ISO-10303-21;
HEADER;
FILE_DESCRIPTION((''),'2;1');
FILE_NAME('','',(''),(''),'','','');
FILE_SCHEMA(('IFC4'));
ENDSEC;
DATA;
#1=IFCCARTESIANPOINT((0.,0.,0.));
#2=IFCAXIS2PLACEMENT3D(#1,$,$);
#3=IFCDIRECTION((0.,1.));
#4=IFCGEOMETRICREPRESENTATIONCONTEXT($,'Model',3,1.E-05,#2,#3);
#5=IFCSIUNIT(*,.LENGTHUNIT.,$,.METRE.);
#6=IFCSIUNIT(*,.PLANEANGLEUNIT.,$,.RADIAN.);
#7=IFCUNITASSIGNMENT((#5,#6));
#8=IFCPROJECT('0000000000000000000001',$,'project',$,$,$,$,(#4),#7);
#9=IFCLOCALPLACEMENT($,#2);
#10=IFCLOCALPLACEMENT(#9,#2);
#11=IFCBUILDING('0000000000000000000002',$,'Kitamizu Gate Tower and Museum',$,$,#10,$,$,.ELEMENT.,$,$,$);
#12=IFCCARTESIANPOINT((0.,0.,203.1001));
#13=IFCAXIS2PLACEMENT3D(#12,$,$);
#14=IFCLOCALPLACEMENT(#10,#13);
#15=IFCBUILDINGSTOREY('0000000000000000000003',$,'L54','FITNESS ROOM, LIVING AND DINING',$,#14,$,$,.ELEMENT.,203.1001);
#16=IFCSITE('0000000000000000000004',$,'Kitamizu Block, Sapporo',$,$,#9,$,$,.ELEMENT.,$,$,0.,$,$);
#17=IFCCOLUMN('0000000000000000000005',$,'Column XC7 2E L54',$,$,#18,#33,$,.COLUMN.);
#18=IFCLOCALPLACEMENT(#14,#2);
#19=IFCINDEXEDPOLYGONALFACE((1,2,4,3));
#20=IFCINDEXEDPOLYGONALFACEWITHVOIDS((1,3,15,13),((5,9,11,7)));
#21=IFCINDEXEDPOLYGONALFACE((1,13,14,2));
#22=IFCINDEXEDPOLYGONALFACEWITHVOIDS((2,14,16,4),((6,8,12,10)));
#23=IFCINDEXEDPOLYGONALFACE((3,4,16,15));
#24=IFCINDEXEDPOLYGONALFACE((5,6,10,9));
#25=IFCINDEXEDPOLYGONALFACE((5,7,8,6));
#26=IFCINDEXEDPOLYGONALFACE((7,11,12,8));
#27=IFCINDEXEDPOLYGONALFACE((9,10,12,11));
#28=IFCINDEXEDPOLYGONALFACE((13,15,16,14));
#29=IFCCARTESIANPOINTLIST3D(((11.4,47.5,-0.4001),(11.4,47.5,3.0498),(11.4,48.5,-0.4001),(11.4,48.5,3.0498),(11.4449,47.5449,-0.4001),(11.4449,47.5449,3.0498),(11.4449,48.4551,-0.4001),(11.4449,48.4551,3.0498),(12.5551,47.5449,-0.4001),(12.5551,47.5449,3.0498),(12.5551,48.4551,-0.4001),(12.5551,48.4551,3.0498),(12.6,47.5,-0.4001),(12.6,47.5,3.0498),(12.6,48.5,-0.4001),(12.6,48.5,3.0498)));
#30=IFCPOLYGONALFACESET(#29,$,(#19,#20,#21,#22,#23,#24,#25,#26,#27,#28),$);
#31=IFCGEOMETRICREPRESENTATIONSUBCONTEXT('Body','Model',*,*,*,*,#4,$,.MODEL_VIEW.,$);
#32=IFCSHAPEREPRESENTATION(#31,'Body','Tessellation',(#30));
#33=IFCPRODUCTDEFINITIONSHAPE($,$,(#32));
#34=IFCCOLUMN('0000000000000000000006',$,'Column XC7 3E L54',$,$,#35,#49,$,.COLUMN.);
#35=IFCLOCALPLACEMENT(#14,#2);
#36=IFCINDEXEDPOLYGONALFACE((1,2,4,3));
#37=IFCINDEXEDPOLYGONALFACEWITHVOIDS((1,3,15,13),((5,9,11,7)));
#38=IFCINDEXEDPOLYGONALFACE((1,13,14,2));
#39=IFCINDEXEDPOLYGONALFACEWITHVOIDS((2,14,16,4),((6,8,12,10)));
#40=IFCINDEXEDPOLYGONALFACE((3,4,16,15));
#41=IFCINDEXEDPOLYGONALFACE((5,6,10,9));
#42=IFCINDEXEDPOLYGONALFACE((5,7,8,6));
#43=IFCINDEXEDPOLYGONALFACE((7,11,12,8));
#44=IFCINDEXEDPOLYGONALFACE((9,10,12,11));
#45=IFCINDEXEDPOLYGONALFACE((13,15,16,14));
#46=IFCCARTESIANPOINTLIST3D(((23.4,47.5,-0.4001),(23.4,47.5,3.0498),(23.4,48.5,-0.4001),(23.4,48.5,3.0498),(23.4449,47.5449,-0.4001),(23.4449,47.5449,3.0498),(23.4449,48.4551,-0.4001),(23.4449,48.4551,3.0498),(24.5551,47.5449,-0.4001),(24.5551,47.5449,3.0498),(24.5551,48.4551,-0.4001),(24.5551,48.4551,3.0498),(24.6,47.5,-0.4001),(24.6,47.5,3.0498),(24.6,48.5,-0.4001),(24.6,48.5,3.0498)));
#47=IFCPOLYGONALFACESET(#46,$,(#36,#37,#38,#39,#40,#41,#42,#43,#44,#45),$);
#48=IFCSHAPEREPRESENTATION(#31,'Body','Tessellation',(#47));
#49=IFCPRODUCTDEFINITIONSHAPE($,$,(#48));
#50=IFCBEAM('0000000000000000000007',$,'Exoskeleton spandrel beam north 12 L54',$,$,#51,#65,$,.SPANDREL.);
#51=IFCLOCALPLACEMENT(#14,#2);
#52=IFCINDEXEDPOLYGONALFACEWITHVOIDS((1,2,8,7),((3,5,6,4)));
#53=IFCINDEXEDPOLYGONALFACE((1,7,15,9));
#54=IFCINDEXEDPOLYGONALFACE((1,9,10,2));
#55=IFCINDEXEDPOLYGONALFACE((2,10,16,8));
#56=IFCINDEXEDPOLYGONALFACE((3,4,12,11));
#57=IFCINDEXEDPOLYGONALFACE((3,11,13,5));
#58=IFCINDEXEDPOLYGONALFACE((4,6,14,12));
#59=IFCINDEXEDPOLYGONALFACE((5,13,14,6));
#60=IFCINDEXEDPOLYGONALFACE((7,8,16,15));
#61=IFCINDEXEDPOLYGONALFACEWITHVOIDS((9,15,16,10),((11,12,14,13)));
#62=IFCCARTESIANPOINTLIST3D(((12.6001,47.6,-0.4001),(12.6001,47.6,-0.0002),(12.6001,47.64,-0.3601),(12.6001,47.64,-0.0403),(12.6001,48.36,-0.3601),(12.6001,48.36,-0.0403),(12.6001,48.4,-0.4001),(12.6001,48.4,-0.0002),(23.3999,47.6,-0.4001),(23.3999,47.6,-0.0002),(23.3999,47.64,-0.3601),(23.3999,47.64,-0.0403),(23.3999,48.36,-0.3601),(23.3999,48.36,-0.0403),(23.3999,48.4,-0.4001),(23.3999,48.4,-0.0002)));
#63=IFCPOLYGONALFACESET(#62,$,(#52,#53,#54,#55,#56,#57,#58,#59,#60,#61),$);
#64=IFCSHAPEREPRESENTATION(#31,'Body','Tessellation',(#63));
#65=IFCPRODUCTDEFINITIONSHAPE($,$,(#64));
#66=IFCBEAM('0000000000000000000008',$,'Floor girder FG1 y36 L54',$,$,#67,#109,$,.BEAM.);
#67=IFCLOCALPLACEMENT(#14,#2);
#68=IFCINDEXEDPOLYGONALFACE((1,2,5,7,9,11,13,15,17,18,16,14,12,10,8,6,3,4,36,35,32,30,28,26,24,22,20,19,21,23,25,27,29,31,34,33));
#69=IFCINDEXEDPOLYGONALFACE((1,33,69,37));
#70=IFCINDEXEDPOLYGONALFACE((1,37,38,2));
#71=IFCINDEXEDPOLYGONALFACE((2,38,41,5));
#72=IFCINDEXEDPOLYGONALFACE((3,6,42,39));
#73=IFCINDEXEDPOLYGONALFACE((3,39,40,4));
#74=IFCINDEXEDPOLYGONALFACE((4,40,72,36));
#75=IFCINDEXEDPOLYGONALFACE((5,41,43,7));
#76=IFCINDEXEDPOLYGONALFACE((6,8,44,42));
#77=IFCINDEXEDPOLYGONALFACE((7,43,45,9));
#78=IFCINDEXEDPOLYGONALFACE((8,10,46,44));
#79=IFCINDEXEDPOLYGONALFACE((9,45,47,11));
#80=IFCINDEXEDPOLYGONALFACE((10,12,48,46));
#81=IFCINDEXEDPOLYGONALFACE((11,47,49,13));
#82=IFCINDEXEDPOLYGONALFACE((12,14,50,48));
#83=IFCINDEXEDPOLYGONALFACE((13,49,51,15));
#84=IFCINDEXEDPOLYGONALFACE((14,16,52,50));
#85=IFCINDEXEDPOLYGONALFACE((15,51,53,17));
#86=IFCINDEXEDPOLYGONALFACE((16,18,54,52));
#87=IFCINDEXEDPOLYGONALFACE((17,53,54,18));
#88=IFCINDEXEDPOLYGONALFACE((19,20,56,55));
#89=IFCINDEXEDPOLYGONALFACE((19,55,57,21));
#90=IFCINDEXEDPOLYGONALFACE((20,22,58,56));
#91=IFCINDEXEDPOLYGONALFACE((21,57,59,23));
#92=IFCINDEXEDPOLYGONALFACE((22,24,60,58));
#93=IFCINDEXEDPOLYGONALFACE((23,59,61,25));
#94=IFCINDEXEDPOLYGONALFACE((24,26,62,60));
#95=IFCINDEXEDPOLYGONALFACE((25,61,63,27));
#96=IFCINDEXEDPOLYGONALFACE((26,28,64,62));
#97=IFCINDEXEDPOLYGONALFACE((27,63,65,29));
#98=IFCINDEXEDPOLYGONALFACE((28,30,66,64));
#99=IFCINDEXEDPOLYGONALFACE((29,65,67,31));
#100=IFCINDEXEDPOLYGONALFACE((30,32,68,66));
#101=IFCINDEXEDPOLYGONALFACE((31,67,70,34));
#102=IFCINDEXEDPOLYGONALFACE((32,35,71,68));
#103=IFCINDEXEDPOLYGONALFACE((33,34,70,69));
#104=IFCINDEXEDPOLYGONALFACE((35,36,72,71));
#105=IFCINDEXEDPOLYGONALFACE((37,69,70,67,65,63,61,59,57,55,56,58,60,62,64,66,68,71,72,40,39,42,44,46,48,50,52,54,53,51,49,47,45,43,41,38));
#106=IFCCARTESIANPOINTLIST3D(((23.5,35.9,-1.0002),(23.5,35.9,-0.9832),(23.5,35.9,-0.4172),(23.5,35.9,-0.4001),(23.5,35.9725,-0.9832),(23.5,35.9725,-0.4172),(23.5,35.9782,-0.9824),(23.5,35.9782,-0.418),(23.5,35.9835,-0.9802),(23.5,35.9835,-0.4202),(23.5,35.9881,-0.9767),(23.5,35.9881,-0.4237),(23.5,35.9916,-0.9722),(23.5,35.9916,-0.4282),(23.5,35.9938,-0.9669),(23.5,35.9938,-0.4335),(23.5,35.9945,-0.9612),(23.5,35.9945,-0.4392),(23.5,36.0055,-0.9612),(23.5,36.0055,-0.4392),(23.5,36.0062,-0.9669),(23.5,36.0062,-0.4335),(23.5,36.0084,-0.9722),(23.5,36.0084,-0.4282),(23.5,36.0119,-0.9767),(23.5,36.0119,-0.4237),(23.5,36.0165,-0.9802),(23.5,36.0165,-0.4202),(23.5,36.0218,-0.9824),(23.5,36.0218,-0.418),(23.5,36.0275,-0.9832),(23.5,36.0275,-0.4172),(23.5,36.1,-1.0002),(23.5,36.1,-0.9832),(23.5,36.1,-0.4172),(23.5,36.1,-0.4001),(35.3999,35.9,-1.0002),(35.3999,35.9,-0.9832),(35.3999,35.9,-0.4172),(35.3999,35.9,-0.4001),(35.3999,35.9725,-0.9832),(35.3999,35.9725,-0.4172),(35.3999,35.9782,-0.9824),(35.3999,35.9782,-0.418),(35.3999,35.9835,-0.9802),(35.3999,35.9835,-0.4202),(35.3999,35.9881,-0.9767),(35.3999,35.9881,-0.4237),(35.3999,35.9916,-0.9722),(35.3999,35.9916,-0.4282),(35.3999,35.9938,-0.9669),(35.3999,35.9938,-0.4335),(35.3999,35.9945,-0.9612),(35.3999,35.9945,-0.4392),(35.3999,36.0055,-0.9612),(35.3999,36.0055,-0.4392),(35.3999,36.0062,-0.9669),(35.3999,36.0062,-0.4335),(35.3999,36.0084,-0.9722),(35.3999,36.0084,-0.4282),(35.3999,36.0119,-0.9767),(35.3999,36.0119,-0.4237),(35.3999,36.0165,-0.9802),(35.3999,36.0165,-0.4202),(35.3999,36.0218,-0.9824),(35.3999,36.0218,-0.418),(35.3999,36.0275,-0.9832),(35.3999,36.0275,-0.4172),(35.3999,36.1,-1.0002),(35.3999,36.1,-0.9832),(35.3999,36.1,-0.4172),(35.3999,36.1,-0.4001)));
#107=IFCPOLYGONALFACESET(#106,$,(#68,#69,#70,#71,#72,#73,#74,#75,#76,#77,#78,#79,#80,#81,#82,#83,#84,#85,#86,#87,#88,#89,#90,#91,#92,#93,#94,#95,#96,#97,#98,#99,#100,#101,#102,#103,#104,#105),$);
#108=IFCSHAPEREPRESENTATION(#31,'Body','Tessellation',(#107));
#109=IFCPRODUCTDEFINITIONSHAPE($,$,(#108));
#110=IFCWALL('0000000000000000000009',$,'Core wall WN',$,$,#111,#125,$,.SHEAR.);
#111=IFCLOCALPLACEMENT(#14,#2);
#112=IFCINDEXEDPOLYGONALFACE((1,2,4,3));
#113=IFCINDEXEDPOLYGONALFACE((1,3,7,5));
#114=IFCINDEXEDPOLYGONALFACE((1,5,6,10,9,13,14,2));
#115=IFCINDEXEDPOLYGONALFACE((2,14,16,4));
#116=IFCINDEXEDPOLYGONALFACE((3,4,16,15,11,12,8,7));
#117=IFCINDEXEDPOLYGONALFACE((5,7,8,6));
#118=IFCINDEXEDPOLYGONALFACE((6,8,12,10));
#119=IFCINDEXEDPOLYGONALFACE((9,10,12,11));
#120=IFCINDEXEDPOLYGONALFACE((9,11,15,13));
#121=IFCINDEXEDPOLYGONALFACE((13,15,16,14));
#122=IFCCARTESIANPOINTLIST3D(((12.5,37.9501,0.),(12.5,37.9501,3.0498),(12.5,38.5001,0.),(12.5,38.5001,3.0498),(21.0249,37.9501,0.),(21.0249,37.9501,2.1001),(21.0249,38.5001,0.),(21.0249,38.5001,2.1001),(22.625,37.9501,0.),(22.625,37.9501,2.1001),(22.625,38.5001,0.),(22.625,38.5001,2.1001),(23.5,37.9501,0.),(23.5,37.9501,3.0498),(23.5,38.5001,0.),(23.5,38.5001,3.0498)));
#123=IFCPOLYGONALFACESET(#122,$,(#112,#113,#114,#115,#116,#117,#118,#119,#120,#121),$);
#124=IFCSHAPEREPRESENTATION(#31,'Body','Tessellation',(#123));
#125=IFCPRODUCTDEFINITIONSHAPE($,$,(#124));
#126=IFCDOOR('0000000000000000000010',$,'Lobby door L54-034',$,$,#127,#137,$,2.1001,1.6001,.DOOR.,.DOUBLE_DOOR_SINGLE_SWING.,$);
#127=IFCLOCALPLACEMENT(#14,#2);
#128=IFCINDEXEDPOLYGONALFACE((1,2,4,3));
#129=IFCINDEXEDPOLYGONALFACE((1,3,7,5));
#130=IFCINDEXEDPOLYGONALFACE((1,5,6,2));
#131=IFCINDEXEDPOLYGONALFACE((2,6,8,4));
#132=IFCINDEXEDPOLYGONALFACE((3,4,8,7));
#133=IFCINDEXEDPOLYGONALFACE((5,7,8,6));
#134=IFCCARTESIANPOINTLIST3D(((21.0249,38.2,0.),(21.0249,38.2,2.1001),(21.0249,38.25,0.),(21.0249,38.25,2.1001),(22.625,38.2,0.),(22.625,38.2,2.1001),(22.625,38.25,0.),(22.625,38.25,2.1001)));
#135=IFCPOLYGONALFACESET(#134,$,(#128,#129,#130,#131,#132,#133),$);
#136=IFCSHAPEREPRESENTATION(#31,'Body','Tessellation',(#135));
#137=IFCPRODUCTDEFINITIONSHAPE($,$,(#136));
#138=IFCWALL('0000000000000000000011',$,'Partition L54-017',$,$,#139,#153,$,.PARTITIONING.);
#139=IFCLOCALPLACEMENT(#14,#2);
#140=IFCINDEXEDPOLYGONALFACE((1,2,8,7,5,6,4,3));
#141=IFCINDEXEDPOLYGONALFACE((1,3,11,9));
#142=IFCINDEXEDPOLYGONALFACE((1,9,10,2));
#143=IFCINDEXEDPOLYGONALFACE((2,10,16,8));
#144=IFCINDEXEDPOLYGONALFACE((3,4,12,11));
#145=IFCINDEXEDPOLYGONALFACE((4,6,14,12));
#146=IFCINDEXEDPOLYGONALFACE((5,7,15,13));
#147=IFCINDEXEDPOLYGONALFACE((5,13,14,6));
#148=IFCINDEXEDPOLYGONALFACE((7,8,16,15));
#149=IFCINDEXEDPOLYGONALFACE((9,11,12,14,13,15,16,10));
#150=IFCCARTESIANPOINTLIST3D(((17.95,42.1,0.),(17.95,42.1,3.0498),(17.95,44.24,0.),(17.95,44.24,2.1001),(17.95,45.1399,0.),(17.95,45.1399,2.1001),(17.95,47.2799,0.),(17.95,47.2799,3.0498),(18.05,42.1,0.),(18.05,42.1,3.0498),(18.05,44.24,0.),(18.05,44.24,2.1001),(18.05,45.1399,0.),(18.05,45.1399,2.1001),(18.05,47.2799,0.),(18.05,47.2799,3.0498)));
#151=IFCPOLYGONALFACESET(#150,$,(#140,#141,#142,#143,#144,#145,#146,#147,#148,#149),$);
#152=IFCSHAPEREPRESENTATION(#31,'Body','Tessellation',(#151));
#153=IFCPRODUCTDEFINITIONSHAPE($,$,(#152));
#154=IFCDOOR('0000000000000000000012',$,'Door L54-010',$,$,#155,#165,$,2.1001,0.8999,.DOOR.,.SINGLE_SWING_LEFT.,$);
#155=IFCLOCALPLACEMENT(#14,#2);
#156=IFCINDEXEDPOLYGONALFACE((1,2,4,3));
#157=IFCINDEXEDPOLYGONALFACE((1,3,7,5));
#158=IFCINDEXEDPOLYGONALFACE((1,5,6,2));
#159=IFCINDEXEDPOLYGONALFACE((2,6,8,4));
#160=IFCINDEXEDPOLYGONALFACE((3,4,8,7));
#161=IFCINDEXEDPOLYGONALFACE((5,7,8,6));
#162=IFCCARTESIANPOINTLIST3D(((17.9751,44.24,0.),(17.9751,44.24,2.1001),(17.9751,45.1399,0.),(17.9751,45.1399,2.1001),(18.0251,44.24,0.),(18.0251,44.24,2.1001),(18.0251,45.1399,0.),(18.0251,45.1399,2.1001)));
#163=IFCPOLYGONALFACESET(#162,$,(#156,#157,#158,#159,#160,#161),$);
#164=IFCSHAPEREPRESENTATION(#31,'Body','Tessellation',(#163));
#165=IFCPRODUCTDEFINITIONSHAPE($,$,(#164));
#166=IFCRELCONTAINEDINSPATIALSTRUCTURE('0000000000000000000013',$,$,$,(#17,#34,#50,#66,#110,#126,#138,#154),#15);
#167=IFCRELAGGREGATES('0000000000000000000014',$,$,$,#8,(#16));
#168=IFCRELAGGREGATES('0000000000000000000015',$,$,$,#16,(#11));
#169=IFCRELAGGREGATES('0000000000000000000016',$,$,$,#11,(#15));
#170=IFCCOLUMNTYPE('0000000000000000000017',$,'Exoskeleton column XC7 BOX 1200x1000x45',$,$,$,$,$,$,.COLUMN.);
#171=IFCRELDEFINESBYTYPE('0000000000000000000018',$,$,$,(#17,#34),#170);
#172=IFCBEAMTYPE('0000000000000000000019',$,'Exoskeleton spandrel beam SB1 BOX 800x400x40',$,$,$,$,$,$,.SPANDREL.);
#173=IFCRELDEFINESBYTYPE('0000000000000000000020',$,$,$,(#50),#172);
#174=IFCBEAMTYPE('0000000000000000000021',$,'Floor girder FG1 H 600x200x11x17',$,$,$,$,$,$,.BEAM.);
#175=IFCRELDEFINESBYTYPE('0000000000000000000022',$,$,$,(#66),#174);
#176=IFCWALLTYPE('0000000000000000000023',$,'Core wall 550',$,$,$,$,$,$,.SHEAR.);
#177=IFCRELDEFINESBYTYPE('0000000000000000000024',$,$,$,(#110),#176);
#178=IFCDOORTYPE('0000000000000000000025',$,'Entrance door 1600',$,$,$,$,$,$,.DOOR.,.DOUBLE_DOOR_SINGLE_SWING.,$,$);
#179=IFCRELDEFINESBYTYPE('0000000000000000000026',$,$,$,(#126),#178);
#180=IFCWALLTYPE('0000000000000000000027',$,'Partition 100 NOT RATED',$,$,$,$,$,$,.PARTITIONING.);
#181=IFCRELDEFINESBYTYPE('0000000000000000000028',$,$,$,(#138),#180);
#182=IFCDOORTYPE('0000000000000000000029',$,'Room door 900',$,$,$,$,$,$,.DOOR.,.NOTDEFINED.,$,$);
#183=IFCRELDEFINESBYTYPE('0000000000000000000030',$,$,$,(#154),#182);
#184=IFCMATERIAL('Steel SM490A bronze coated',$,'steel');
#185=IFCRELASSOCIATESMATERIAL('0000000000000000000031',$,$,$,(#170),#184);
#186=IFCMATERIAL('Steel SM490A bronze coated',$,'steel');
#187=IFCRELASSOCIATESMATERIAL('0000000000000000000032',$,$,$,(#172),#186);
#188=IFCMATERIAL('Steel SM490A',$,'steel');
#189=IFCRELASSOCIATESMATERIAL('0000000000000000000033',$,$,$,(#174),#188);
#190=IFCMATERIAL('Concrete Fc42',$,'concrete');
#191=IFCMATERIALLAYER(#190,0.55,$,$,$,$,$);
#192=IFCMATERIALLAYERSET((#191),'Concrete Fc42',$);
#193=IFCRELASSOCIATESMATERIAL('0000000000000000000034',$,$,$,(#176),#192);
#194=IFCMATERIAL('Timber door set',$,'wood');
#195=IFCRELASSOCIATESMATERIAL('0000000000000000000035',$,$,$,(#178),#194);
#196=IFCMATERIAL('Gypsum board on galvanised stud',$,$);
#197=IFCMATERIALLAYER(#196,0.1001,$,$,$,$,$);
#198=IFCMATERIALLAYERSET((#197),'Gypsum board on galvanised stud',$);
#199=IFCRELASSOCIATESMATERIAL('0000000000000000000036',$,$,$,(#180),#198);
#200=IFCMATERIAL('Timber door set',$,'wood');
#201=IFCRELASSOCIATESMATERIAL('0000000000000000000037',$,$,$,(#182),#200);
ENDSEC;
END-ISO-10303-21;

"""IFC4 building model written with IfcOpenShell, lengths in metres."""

from ifc_helpers import new_model, si_unit, direction, frame, frame_2d, origin, origin_2d, place, context, subcontext, project, spatial, rectangle, hollow_rectangle, i_section, extrude, material, layer, layer_set, material_profile, profile_set, type_object, element, fill, save


model = new_model("IFC4")

# Units and contexts
model_context = context("Model", 3, precision=1e-05, world=origin(), true_north=direction((0.0, 1.0)))
body_context = subcontext(model_context, "Body", "Model", "MODEL_VIEW")
ifc_project = project(units=[si_unit("LENGTHUNIT", "METRE"), si_unit("PLANEANGLEUNIT", "RADIAN")], contexts=[model_context])

# Site, building, storey
site_placement = place(None, origin())
site = spatial("IfcSite", under=ifc_project, at=site_placement, Name="Kitamizu Block, Sapporo", CompositionType="ELEMENT", RefElevation=0.0)
building_placement = place(site_placement, origin())
building = spatial("IfcBuilding", under=site, at=building_placement, Name="Kitamizu Gate Tower and Museum", CompositionType="ELEMENT")
storey_placement = place(building_placement, frame((0.0, 0.0, 203.1001)))
storey = spatial("IfcBuildingStorey", under=building, at=storey_placement, Name="L54", Description="FITNESS ROOM, LIVING AND DINING", CompositionType="ELEMENT", Elevation=203.1001)

# Columns
ifc_material_1 = material(Name="Steel SM490A bronze coated", Category="steel")
ifc_material_profile_1 = material_profile(ifc_material_1, hollow_rectangle(XDim=1.2, YDim=1.0, WallThickness=0.0449, at=origin_2d()), Name="BOX 1200x1000x45")
ifc_profile_set_1 = profile_set([ifc_material_profile_1], Name="Steel SM490A bronze coated")
column_type = type_object("IfcColumnType", Name="Exoskeleton column XC7 BOX 1200x1000x45", PredefinedType="COLUMN", material=ifc_profile_set_1)
for number, where, z_axis, x_axis, name in (
    (1, (12.0, 48.0, -0.4001), (0.0, 0.0, 1.0), (1.0, 0.0, 0.0), "Column XC7 2E L54"),
    (2, (24.0, 48.0, -0.4001), (0.0, 0.0, 1.0), (1.0, 0.0, 0.0), "Column XC7 3E L54"),
):
    element("IfcColumn", number, at=place(storey_placement, frame(where, z_axis=z_axis, x_axis=x_axis)), inside=storey, type_object=column_type, Name=name, PredefinedType="COLUMN", context=body_context, shape_type="SweptSolid", body=[
        extrude(hollow_rectangle(XDim=1.2, YDim=1.0, WallThickness=0.0449, at=origin_2d()), origin(), (0.0, 0.0, 1.0), 3.45),
    ])

# Beams
ifc_material_2 = material(Name="Steel SM490A bronze coated", Category="steel")
ifc_material_profile_2 = material_profile(ifc_material_2, hollow_rectangle(XDim=0.8, YDim=0.3999, WallThickness=0.04, at=origin_2d()), Name="BOX 800x400x40")
ifc_profile_set_2 = profile_set([ifc_material_profile_2], Name="Steel SM490A bronze coated")
beam_type_1 = type_object("IfcBeamType", Name="Exoskeleton spandrel beam SB1 BOX 800x400x40", PredefinedType="SPANDREL", material=ifc_profile_set_2)
beam_1_placement = place(storey_placement, frame((12.6001, 48.0, -0.2002), z_axis=(1.0, 0.0, 0.0), x_axis=(0.0, 1.0, 0.0)))
element("IfcBeam", 3, at=beam_1_placement, inside=storey, type_object=beam_type_1, Name="Exoskeleton spandrel beam north 12 L54", PredefinedType="SPANDREL", context=body_context, shape_type="SweptSolid", body=[
    extrude(hollow_rectangle(XDim=0.8, YDim=0.3999, WallThickness=0.04, at=origin_2d()), origin(), (0.0, 0.0, 1.0), 10.7998),
])
ifc_material_3 = material(Name="Steel SM490A", Category="steel")
ifc_material_profile_3 = material_profile(ifc_material_3, i_section(OverallWidth=0.2, OverallDepth=0.6001, WebThickness=0.011, FlangeThickness=0.0171, FilletRadius=0.022, at=origin_2d()), Name="H-600x200x11x17")
ifc_profile_set_3 = profile_set([ifc_material_profile_3], Name="Steel SM490A")
beam_type_2 = type_object("IfcBeamType", Name="Floor girder FG1 H 600x200x11x17", PredefinedType="BEAM", material=ifc_profile_set_3)
beam_2_placement = place(storey_placement, frame((23.5, 36.0, -0.7002), z_axis=(1.0, 0.0, 0.0), x_axis=(0.0, 1.0, 0.0)))
element("IfcBeam", 4, at=beam_2_placement, inside=storey, type_object=beam_type_2, Name="Floor girder FG1 y36 L54", PredefinedType="BEAM", context=body_context, shape_type="SweptSolid", body=[
    extrude(i_section(OverallWidth=0.2, OverallDepth=0.6001, WebThickness=0.011, FlangeThickness=0.0171, FilletRadius=0.022, at=origin_2d()), origin(), (0.0, 0.0, 1.0), 11.8999),
])

# Walls, openings, doors
ifc_material_4 = material(Name="Concrete Fc42", Category="concrete")
ifc_layer_1 = layer(ifc_material_4, 0.55)
ifc_layer_set_1 = layer_set([ifc_layer_1], Name="Concrete Fc42")
wall_type_1 = type_object("IfcWallType", Name="Core wall 550", PredefinedType="SHEAR", material=ifc_layer_set_1)
wall_1_placement = place(storey_placement, frame((12.5, 38.2251, 0.0), z_axis=(0.0, 0.0, 1.0), x_axis=(1.0, 0.0, 0.0)))
wall_1 = element("IfcWall", 5, at=wall_1_placement, inside=storey, type_object=wall_type_1, Name="Core wall WN", PredefinedType="SHEAR", context=body_context, shape_type="SweptSolid", body=[
    extrude(rectangle(XDim=11.0, YDim=0.55, at=frame_2d((5.5, 0.0))), origin(), (0.0, 0.0, 1.0), 3.0498),
])
opening_1_placement = place(wall_1_placement, frame((8.5249, 0.0, 0.0)))
opening_1 = element("IfcOpeningElement", 6, at=opening_1_placement, cuts=wall_1, PredefinedType="OPENING", context=body_context, shape_type="SweptSolid", body=[
    extrude(rectangle(XDim=1.6001, YDim=2.1001, at=frame_2d((0.8, 1.05))), frame((0.0, 0.2852, 0.0), z_axis=(0.0, -1.0, 0.0), x_axis=(1.0, 0.0, 0.0)), (0.0, 0.0, 1.0), 0.5701),
])
ifc_material_5 = material(Name="Timber door set", Category="wood")
door_type_1 = type_object("IfcDoorType", Name="Entrance door 1600", OperationType="DOUBLE_DOOR_SINGLE_SWING", PredefinedType="DOOR", material=ifc_material_5)
door_1_placement = place(opening_1_placement, origin())
door_1 = element("IfcDoor", 7, at=door_1_placement, inside=storey, type_object=door_type_1, Name="Lobby door L54-034", OperationType="DOUBLE_DOOR_SINGLE_SWING", OverallHeight=2.1001, OverallWidth=1.6001, PredefinedType="DOOR", context=body_context, shape_type="SweptSolid", body=[
    extrude(rectangle(XDim=1.6001, YDim=2.1001, at=frame_2d((0.8, 1.05))), frame((0.0, 0.0249, 0.0), z_axis=(0.0, -1.0, 0.0), x_axis=(1.0, 0.0, 0.0)), (0.0, 0.0, 1.0), 0.05),
])
fill(opening_1, door_1)
ifc_material_6 = material(Name="Gypsum board on galvanised stud")
ifc_layer_2 = layer(ifc_material_6, 0.1001)
ifc_layer_set_2 = layer_set([ifc_layer_2], Name="Gypsum board on galvanised stud")
wall_type_2 = type_object("IfcWallType", Name="Partition 100 NOT RATED", PredefinedType="PARTITIONING", material=ifc_layer_set_2)
wall_2_placement = place(storey_placement, frame((18.0, 42.1001, 0.0), z_axis=(0.0, 0.0, 1.0), x_axis=(0.0, 1.0, 0.0)))
wall_2 = element("IfcWall", 8, at=wall_2_placement, inside=storey, type_object=wall_type_2, Name="Partition L54-017", PredefinedType="PARTITIONING", context=body_context, shape_type="SweptSolid", body=[
    extrude(rectangle(XDim=5.1799, YDim=0.1001, at=frame_2d((2.5898, 0.0))), origin(), (0.0, 0.0, 1.0), 3.0498),
])
opening_2_placement = place(wall_2_placement, frame((2.1399, 0.0, 0.0)))
opening_2 = element("IfcOpeningElement", 9, at=opening_2_placement, cuts=wall_2, PredefinedType="OPENING", context=body_context, shape_type="SweptSolid", body=[
    extrude(rectangle(XDim=0.8999, YDim=2.1001, at=frame_2d((0.45, 1.05))), frame((0.0, 0.0601, 0.0), z_axis=(0.0, -1.0, 0.0), x_axis=(1.0, 0.0, 0.0)), (0.0, 0.0, 1.0), 0.1201),
])
ifc_material_7 = material(Name="Timber door set", Category="wood")
door_type_2 = type_object("IfcDoorType", Name="Room door 900", OperationType="NOTDEFINED", PredefinedType="DOOR", material=ifc_material_7)
door_2_placement = place(opening_2_placement, origin())
door_2 = element("IfcDoor", 10, at=door_2_placement, inside=storey, type_object=door_type_2, Name="Door L54-010", OperationType="SINGLE_SWING_LEFT", OverallHeight=2.1001, OverallWidth=0.8999, PredefinedType="DOOR", context=body_context, shape_type="SweptSolid", body=[
    extrude(rectangle(XDim=0.8999, YDim=2.1001, at=frame_2d((0.45, 1.05))), frame((0.0, 0.0249, 0.0), z_axis=(0.0, -1.0, 0.0), x_axis=(1.0, 0.0, 0.0)), (0.0, 0.0, 1.0), 0.05),
])
fill(opening_2, door_2)

save(model, "model.ifc")
